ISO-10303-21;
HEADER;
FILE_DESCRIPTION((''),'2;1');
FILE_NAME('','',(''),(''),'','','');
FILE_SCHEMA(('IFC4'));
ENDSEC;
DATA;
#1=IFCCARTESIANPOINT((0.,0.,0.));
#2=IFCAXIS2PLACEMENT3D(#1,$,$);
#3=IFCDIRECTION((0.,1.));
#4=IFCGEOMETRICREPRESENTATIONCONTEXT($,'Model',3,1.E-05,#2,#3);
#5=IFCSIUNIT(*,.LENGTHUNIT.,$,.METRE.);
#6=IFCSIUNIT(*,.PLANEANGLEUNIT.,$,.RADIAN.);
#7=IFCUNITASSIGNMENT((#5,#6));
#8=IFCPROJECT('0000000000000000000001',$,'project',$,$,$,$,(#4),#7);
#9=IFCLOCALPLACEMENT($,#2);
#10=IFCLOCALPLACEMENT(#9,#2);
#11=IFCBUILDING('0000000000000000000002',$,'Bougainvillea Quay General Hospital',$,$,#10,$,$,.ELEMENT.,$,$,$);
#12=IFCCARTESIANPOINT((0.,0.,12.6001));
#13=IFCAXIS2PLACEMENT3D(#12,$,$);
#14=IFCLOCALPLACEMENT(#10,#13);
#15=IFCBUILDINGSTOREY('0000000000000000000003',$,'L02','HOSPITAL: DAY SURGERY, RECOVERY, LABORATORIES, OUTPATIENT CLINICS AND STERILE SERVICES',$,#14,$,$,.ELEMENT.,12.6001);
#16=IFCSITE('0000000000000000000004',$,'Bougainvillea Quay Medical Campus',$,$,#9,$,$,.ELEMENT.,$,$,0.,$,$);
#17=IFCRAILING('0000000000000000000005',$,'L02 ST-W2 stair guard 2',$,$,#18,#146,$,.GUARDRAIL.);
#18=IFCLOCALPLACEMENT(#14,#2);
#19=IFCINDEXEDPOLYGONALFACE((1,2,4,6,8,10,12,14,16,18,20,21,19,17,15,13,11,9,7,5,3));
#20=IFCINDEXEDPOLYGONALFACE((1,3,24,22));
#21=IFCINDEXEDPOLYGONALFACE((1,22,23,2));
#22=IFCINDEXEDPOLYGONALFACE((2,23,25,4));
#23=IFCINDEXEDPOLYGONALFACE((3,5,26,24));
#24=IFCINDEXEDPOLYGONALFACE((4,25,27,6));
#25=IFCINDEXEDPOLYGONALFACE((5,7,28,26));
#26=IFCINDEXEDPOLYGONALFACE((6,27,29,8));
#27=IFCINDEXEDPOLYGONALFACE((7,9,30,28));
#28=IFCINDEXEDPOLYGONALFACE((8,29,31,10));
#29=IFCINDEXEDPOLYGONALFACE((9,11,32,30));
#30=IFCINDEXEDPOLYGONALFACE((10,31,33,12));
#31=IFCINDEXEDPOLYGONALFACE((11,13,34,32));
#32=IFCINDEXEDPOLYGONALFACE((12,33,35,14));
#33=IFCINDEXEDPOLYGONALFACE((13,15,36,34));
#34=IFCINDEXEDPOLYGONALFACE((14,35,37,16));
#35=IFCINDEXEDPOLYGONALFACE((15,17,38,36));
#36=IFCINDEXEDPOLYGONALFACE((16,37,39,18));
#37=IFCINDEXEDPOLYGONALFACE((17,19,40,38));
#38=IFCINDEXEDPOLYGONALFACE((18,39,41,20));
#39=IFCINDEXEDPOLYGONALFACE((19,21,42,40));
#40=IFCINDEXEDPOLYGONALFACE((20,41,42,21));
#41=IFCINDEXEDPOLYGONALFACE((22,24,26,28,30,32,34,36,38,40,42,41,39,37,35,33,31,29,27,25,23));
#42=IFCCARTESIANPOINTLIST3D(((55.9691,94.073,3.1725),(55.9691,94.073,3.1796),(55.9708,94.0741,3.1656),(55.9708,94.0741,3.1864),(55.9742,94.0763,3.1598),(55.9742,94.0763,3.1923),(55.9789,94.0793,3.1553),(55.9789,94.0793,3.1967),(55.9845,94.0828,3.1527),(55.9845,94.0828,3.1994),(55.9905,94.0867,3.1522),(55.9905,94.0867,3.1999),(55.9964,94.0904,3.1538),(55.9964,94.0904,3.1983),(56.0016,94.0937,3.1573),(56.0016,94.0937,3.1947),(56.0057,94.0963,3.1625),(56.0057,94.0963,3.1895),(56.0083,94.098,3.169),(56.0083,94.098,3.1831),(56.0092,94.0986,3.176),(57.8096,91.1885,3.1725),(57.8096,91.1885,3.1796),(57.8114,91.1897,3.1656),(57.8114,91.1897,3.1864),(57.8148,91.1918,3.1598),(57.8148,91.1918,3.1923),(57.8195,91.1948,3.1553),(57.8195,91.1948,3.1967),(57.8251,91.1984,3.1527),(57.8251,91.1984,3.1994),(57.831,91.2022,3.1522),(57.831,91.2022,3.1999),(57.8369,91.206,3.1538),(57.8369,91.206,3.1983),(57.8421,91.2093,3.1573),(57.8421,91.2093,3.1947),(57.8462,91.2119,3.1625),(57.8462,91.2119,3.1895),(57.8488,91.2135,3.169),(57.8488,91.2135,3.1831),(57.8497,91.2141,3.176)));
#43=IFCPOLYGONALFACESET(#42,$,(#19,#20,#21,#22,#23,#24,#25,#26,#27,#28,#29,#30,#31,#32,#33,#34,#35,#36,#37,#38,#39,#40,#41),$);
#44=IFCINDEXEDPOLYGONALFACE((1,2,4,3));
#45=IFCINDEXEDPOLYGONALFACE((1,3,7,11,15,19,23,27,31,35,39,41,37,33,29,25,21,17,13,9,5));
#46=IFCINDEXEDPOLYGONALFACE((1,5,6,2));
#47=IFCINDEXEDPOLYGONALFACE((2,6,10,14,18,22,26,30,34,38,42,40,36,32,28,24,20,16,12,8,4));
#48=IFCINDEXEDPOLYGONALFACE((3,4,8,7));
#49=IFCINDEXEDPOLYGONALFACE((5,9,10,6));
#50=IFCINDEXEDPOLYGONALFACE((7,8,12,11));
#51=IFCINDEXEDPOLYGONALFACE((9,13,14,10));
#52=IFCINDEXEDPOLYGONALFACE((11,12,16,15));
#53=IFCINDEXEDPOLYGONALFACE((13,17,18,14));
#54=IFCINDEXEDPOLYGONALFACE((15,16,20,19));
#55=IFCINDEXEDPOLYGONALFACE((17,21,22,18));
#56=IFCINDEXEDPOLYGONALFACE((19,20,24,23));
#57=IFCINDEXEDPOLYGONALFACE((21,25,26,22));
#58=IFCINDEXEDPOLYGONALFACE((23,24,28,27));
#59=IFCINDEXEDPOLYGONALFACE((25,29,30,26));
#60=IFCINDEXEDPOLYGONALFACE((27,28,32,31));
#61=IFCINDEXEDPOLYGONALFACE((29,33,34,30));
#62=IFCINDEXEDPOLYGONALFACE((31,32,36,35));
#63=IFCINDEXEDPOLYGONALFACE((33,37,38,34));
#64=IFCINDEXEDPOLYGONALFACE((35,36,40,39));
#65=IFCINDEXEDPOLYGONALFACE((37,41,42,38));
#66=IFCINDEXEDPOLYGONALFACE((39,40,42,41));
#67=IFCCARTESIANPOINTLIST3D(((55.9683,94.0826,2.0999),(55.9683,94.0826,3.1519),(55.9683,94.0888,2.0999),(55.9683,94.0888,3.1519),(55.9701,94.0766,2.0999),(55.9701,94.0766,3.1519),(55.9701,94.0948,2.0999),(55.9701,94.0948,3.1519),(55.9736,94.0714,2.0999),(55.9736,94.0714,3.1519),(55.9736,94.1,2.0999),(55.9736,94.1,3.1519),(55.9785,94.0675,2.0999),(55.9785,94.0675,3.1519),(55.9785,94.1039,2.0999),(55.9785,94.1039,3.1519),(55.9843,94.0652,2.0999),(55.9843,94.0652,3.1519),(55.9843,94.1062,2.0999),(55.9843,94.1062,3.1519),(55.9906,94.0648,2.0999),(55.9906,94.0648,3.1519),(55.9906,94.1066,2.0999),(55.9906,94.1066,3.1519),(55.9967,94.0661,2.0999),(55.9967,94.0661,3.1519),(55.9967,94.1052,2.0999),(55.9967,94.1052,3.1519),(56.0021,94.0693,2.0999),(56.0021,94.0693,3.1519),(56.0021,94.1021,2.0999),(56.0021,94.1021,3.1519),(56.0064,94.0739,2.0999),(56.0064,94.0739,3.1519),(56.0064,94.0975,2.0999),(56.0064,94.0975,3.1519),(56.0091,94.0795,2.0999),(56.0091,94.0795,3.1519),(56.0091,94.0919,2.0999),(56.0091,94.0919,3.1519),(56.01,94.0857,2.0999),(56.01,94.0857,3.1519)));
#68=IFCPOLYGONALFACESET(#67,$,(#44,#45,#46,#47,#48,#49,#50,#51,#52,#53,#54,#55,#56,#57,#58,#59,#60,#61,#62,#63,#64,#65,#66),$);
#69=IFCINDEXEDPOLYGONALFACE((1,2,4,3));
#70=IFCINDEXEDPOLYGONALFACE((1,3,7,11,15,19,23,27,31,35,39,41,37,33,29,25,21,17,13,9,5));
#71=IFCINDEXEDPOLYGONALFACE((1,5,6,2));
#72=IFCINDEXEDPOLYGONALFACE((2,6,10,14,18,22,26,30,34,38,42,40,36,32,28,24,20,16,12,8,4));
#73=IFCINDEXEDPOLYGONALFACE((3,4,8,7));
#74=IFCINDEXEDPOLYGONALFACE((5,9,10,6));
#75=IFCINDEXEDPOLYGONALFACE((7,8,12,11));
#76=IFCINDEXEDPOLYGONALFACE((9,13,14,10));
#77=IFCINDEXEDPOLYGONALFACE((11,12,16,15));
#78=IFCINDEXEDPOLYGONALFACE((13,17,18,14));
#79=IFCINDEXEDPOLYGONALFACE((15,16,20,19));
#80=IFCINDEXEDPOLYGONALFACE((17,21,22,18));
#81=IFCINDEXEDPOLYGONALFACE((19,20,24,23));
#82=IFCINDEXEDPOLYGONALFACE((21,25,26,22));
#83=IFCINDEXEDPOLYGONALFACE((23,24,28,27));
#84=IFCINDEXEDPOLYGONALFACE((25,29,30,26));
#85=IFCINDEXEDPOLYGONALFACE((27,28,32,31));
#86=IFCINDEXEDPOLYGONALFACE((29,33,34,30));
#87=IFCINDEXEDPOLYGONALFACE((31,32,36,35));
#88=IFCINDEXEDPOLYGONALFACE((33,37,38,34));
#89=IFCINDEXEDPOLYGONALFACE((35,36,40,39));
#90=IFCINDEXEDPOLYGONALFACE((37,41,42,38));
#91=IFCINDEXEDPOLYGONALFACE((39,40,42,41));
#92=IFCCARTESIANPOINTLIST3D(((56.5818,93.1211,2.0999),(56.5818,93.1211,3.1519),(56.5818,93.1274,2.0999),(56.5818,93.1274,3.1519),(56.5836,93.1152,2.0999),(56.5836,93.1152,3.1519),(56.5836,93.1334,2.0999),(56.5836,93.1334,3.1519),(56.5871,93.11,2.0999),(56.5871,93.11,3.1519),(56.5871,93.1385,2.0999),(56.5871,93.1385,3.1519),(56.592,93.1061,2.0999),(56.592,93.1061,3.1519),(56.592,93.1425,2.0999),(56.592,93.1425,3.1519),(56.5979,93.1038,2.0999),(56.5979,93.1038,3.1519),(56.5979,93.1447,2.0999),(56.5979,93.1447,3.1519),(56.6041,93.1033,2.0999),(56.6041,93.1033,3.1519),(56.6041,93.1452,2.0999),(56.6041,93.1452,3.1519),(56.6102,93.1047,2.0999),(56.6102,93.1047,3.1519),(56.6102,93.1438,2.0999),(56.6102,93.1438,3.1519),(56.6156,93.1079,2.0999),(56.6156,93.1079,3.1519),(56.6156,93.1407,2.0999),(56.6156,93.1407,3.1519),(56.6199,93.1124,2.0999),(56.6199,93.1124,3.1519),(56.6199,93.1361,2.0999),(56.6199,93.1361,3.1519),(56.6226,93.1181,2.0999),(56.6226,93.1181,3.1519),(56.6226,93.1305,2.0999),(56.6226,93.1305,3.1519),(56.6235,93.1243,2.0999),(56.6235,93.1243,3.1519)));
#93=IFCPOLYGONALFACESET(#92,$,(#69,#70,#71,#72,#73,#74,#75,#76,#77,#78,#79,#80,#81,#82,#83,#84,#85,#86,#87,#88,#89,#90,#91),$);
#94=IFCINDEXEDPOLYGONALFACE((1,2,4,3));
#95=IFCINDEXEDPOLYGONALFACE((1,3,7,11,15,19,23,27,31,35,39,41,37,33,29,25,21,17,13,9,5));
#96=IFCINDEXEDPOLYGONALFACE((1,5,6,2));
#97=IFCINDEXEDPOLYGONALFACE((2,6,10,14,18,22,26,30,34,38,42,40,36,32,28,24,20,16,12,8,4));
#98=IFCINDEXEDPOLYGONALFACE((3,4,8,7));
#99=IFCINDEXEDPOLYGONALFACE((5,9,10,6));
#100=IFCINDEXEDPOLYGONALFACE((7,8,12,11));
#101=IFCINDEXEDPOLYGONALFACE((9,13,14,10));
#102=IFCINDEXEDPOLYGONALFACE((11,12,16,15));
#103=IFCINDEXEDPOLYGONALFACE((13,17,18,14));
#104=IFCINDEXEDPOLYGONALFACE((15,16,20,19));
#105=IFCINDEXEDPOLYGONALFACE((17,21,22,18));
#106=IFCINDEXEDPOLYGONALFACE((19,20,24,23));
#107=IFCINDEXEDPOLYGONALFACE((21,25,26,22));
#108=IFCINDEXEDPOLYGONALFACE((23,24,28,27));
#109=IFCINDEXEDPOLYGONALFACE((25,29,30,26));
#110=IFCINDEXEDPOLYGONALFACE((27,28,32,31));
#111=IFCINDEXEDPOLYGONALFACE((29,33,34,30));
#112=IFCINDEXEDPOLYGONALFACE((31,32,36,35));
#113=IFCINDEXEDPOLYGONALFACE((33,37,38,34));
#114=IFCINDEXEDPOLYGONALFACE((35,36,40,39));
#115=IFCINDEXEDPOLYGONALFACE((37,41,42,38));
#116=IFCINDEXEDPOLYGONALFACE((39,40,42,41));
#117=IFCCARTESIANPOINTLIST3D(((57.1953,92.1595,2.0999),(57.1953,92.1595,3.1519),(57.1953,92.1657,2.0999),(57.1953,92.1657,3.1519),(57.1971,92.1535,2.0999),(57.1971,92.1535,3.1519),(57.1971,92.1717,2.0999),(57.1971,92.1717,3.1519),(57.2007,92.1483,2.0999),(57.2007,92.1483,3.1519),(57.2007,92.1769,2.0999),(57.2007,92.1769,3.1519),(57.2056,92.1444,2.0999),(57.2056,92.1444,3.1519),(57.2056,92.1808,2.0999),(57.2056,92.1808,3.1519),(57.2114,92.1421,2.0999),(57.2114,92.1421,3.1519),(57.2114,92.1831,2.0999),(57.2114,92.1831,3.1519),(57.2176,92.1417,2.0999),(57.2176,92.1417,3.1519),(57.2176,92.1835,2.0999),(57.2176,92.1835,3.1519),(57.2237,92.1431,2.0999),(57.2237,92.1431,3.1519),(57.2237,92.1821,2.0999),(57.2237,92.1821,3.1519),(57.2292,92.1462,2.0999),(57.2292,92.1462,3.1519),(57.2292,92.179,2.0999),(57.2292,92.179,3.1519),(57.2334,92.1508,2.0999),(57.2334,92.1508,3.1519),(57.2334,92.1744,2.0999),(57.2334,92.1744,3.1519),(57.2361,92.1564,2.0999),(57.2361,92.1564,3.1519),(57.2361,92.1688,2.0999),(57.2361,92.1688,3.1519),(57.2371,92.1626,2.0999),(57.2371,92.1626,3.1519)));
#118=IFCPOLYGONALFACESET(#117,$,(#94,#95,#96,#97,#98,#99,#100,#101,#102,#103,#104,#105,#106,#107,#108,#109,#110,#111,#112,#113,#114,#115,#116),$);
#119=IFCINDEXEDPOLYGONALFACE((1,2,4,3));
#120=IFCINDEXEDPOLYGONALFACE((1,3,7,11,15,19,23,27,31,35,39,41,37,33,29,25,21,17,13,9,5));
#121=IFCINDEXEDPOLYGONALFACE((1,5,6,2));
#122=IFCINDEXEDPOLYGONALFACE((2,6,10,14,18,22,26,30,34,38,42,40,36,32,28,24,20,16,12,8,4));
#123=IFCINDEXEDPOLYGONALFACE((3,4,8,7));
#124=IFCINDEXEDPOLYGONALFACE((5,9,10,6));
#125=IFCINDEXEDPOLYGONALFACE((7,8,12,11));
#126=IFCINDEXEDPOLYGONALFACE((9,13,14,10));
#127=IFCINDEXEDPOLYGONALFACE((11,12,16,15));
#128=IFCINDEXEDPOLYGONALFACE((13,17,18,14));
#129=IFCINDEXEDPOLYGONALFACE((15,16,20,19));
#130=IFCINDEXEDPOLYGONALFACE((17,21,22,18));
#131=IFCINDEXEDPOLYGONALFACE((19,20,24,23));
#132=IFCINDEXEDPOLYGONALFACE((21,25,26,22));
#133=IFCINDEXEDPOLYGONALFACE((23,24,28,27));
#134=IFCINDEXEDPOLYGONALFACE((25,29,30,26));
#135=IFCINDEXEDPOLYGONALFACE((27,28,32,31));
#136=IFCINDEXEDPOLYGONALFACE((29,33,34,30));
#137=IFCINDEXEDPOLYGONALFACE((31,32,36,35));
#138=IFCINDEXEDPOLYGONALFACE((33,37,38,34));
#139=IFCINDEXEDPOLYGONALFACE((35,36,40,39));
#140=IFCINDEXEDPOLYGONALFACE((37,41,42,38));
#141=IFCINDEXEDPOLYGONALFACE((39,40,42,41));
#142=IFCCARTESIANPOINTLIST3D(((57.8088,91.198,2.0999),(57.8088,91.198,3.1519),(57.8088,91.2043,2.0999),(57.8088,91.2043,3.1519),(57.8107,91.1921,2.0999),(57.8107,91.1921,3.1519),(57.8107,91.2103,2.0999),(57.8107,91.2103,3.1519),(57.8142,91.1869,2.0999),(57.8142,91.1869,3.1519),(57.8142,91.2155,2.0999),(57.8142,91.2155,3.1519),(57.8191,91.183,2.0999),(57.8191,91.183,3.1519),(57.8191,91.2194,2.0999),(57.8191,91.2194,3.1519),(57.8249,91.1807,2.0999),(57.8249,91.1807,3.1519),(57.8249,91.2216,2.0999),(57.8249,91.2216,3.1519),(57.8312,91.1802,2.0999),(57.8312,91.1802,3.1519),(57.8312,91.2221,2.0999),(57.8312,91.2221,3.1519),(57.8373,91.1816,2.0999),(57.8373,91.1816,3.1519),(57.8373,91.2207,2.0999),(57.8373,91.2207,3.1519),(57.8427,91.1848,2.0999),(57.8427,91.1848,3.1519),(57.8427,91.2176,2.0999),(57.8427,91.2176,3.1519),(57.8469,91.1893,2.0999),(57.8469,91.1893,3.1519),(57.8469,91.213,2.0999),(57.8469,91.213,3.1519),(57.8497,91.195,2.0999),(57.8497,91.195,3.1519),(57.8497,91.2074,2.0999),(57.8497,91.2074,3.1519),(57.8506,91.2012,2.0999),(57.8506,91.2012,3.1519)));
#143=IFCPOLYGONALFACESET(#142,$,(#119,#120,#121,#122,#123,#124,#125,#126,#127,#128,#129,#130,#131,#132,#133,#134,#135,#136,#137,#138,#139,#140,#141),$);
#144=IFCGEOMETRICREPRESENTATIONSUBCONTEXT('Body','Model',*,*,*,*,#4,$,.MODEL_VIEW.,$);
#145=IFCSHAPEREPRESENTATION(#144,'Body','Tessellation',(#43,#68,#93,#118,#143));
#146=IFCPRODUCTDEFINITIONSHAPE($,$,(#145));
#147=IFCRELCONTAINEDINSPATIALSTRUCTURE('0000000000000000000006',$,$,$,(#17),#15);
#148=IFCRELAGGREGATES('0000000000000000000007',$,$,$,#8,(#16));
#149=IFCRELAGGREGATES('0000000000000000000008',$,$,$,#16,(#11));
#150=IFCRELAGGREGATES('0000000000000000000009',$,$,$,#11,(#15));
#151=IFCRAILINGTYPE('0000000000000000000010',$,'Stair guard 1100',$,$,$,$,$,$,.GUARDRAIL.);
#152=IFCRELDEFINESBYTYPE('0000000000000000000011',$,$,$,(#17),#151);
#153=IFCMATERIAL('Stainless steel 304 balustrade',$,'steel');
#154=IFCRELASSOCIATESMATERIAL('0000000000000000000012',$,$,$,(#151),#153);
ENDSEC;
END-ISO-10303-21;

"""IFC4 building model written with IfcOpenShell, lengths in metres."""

from ifc_helpers import new_model, si_unit, direction, frame, origin, origin_2d, place, context, subcontext, project, spatial, circle, extrude, material, type_object, element, save


model = new_model("IFC4")

# Units and contexts
model_context = context("Model", 3, precision=1e-05, world=origin(), true_north=direction((0.0, 1.0)))
body_context = subcontext(model_context, "Body", "Model", "MODEL_VIEW")
ifc_project = project(units=[si_unit("LENGTHUNIT", "METRE"), si_unit("PLANEANGLEUNIT", "RADIAN")], contexts=[model_context])

# Site, building, storey
site_placement = place(None, origin())
site = spatial("IfcSite", under=ifc_project, at=site_placement, Name="Bougainvillea Quay Medical Campus", CompositionType="ELEMENT", RefElevation=0.0)
building_placement = place(site_placement, origin())
building = spatial("IfcBuilding", under=site, at=building_placement, Name="Bougainvillea Quay General Hospital", CompositionType="ELEMENT")
storey_placement = place(building_placement, frame((0.0, 0.0, 12.6001)))
storey = spatial("IfcBuildingStorey", under=building, at=storey_placement, Name="L02", Description="HOSPITAL: DAY SURGERY, RECOVERY, LABORATORIES, OUTPATIENT CLINICS AND STERILE SERVICES", CompositionType="ELEMENT", Elevation=12.6001)

# Railing
ifc_material_1 = material(Name="Stainless steel 304 balustrade", Category="steel")
railing_type_1 = type_object("IfcRailingType", Name="Stair guard 1100", PredefinedType="GUARDRAIL", material=ifc_material_1)
railing_1_placement = place(storey_placement, frame((55.989, 94.0857, 2.0999)))
element("IfcRailing", 1, at=railing_1_placement, inside=storey, type_object=railing_type_1, Name="L02 ST-W2 stair guard 2", PredefinedType="GUARDRAIL", context=body_context, shape_type="SweptSolid", body=[
    extrude(circle(Radius=0.0239, at=origin_2d()), frame((0.0, 0.0, 1.0762), z_axis=(0.537909, -0.843003, 0.0), x_axis=(0.843003, 0.537909, 0.0)), (0.0, 0.0, 1.0), 3.4216),
    extrude(circle(Radius=0.021, at=origin_2d()), origin(), (0.0, 0.0, 1.0), 1.052),
    extrude(circle(Radius=0.021, at=origin_2d()), frame((0.6135, -0.9614, 0.0)), (0.0, 0.0, 1.0), 1.052),
    extrude(circle(Radius=0.021, at=origin_2d()), frame((1.2271, -1.9231, 0.0)), (0.0, 0.0, 1.0), 1.052),
    extrude(circle(Radius=0.021, at=origin_2d()), frame((1.8406, -2.8845, 0.0)), (0.0, 0.0, 1.0), 1.052),
])

save(model, "model.ifc")
